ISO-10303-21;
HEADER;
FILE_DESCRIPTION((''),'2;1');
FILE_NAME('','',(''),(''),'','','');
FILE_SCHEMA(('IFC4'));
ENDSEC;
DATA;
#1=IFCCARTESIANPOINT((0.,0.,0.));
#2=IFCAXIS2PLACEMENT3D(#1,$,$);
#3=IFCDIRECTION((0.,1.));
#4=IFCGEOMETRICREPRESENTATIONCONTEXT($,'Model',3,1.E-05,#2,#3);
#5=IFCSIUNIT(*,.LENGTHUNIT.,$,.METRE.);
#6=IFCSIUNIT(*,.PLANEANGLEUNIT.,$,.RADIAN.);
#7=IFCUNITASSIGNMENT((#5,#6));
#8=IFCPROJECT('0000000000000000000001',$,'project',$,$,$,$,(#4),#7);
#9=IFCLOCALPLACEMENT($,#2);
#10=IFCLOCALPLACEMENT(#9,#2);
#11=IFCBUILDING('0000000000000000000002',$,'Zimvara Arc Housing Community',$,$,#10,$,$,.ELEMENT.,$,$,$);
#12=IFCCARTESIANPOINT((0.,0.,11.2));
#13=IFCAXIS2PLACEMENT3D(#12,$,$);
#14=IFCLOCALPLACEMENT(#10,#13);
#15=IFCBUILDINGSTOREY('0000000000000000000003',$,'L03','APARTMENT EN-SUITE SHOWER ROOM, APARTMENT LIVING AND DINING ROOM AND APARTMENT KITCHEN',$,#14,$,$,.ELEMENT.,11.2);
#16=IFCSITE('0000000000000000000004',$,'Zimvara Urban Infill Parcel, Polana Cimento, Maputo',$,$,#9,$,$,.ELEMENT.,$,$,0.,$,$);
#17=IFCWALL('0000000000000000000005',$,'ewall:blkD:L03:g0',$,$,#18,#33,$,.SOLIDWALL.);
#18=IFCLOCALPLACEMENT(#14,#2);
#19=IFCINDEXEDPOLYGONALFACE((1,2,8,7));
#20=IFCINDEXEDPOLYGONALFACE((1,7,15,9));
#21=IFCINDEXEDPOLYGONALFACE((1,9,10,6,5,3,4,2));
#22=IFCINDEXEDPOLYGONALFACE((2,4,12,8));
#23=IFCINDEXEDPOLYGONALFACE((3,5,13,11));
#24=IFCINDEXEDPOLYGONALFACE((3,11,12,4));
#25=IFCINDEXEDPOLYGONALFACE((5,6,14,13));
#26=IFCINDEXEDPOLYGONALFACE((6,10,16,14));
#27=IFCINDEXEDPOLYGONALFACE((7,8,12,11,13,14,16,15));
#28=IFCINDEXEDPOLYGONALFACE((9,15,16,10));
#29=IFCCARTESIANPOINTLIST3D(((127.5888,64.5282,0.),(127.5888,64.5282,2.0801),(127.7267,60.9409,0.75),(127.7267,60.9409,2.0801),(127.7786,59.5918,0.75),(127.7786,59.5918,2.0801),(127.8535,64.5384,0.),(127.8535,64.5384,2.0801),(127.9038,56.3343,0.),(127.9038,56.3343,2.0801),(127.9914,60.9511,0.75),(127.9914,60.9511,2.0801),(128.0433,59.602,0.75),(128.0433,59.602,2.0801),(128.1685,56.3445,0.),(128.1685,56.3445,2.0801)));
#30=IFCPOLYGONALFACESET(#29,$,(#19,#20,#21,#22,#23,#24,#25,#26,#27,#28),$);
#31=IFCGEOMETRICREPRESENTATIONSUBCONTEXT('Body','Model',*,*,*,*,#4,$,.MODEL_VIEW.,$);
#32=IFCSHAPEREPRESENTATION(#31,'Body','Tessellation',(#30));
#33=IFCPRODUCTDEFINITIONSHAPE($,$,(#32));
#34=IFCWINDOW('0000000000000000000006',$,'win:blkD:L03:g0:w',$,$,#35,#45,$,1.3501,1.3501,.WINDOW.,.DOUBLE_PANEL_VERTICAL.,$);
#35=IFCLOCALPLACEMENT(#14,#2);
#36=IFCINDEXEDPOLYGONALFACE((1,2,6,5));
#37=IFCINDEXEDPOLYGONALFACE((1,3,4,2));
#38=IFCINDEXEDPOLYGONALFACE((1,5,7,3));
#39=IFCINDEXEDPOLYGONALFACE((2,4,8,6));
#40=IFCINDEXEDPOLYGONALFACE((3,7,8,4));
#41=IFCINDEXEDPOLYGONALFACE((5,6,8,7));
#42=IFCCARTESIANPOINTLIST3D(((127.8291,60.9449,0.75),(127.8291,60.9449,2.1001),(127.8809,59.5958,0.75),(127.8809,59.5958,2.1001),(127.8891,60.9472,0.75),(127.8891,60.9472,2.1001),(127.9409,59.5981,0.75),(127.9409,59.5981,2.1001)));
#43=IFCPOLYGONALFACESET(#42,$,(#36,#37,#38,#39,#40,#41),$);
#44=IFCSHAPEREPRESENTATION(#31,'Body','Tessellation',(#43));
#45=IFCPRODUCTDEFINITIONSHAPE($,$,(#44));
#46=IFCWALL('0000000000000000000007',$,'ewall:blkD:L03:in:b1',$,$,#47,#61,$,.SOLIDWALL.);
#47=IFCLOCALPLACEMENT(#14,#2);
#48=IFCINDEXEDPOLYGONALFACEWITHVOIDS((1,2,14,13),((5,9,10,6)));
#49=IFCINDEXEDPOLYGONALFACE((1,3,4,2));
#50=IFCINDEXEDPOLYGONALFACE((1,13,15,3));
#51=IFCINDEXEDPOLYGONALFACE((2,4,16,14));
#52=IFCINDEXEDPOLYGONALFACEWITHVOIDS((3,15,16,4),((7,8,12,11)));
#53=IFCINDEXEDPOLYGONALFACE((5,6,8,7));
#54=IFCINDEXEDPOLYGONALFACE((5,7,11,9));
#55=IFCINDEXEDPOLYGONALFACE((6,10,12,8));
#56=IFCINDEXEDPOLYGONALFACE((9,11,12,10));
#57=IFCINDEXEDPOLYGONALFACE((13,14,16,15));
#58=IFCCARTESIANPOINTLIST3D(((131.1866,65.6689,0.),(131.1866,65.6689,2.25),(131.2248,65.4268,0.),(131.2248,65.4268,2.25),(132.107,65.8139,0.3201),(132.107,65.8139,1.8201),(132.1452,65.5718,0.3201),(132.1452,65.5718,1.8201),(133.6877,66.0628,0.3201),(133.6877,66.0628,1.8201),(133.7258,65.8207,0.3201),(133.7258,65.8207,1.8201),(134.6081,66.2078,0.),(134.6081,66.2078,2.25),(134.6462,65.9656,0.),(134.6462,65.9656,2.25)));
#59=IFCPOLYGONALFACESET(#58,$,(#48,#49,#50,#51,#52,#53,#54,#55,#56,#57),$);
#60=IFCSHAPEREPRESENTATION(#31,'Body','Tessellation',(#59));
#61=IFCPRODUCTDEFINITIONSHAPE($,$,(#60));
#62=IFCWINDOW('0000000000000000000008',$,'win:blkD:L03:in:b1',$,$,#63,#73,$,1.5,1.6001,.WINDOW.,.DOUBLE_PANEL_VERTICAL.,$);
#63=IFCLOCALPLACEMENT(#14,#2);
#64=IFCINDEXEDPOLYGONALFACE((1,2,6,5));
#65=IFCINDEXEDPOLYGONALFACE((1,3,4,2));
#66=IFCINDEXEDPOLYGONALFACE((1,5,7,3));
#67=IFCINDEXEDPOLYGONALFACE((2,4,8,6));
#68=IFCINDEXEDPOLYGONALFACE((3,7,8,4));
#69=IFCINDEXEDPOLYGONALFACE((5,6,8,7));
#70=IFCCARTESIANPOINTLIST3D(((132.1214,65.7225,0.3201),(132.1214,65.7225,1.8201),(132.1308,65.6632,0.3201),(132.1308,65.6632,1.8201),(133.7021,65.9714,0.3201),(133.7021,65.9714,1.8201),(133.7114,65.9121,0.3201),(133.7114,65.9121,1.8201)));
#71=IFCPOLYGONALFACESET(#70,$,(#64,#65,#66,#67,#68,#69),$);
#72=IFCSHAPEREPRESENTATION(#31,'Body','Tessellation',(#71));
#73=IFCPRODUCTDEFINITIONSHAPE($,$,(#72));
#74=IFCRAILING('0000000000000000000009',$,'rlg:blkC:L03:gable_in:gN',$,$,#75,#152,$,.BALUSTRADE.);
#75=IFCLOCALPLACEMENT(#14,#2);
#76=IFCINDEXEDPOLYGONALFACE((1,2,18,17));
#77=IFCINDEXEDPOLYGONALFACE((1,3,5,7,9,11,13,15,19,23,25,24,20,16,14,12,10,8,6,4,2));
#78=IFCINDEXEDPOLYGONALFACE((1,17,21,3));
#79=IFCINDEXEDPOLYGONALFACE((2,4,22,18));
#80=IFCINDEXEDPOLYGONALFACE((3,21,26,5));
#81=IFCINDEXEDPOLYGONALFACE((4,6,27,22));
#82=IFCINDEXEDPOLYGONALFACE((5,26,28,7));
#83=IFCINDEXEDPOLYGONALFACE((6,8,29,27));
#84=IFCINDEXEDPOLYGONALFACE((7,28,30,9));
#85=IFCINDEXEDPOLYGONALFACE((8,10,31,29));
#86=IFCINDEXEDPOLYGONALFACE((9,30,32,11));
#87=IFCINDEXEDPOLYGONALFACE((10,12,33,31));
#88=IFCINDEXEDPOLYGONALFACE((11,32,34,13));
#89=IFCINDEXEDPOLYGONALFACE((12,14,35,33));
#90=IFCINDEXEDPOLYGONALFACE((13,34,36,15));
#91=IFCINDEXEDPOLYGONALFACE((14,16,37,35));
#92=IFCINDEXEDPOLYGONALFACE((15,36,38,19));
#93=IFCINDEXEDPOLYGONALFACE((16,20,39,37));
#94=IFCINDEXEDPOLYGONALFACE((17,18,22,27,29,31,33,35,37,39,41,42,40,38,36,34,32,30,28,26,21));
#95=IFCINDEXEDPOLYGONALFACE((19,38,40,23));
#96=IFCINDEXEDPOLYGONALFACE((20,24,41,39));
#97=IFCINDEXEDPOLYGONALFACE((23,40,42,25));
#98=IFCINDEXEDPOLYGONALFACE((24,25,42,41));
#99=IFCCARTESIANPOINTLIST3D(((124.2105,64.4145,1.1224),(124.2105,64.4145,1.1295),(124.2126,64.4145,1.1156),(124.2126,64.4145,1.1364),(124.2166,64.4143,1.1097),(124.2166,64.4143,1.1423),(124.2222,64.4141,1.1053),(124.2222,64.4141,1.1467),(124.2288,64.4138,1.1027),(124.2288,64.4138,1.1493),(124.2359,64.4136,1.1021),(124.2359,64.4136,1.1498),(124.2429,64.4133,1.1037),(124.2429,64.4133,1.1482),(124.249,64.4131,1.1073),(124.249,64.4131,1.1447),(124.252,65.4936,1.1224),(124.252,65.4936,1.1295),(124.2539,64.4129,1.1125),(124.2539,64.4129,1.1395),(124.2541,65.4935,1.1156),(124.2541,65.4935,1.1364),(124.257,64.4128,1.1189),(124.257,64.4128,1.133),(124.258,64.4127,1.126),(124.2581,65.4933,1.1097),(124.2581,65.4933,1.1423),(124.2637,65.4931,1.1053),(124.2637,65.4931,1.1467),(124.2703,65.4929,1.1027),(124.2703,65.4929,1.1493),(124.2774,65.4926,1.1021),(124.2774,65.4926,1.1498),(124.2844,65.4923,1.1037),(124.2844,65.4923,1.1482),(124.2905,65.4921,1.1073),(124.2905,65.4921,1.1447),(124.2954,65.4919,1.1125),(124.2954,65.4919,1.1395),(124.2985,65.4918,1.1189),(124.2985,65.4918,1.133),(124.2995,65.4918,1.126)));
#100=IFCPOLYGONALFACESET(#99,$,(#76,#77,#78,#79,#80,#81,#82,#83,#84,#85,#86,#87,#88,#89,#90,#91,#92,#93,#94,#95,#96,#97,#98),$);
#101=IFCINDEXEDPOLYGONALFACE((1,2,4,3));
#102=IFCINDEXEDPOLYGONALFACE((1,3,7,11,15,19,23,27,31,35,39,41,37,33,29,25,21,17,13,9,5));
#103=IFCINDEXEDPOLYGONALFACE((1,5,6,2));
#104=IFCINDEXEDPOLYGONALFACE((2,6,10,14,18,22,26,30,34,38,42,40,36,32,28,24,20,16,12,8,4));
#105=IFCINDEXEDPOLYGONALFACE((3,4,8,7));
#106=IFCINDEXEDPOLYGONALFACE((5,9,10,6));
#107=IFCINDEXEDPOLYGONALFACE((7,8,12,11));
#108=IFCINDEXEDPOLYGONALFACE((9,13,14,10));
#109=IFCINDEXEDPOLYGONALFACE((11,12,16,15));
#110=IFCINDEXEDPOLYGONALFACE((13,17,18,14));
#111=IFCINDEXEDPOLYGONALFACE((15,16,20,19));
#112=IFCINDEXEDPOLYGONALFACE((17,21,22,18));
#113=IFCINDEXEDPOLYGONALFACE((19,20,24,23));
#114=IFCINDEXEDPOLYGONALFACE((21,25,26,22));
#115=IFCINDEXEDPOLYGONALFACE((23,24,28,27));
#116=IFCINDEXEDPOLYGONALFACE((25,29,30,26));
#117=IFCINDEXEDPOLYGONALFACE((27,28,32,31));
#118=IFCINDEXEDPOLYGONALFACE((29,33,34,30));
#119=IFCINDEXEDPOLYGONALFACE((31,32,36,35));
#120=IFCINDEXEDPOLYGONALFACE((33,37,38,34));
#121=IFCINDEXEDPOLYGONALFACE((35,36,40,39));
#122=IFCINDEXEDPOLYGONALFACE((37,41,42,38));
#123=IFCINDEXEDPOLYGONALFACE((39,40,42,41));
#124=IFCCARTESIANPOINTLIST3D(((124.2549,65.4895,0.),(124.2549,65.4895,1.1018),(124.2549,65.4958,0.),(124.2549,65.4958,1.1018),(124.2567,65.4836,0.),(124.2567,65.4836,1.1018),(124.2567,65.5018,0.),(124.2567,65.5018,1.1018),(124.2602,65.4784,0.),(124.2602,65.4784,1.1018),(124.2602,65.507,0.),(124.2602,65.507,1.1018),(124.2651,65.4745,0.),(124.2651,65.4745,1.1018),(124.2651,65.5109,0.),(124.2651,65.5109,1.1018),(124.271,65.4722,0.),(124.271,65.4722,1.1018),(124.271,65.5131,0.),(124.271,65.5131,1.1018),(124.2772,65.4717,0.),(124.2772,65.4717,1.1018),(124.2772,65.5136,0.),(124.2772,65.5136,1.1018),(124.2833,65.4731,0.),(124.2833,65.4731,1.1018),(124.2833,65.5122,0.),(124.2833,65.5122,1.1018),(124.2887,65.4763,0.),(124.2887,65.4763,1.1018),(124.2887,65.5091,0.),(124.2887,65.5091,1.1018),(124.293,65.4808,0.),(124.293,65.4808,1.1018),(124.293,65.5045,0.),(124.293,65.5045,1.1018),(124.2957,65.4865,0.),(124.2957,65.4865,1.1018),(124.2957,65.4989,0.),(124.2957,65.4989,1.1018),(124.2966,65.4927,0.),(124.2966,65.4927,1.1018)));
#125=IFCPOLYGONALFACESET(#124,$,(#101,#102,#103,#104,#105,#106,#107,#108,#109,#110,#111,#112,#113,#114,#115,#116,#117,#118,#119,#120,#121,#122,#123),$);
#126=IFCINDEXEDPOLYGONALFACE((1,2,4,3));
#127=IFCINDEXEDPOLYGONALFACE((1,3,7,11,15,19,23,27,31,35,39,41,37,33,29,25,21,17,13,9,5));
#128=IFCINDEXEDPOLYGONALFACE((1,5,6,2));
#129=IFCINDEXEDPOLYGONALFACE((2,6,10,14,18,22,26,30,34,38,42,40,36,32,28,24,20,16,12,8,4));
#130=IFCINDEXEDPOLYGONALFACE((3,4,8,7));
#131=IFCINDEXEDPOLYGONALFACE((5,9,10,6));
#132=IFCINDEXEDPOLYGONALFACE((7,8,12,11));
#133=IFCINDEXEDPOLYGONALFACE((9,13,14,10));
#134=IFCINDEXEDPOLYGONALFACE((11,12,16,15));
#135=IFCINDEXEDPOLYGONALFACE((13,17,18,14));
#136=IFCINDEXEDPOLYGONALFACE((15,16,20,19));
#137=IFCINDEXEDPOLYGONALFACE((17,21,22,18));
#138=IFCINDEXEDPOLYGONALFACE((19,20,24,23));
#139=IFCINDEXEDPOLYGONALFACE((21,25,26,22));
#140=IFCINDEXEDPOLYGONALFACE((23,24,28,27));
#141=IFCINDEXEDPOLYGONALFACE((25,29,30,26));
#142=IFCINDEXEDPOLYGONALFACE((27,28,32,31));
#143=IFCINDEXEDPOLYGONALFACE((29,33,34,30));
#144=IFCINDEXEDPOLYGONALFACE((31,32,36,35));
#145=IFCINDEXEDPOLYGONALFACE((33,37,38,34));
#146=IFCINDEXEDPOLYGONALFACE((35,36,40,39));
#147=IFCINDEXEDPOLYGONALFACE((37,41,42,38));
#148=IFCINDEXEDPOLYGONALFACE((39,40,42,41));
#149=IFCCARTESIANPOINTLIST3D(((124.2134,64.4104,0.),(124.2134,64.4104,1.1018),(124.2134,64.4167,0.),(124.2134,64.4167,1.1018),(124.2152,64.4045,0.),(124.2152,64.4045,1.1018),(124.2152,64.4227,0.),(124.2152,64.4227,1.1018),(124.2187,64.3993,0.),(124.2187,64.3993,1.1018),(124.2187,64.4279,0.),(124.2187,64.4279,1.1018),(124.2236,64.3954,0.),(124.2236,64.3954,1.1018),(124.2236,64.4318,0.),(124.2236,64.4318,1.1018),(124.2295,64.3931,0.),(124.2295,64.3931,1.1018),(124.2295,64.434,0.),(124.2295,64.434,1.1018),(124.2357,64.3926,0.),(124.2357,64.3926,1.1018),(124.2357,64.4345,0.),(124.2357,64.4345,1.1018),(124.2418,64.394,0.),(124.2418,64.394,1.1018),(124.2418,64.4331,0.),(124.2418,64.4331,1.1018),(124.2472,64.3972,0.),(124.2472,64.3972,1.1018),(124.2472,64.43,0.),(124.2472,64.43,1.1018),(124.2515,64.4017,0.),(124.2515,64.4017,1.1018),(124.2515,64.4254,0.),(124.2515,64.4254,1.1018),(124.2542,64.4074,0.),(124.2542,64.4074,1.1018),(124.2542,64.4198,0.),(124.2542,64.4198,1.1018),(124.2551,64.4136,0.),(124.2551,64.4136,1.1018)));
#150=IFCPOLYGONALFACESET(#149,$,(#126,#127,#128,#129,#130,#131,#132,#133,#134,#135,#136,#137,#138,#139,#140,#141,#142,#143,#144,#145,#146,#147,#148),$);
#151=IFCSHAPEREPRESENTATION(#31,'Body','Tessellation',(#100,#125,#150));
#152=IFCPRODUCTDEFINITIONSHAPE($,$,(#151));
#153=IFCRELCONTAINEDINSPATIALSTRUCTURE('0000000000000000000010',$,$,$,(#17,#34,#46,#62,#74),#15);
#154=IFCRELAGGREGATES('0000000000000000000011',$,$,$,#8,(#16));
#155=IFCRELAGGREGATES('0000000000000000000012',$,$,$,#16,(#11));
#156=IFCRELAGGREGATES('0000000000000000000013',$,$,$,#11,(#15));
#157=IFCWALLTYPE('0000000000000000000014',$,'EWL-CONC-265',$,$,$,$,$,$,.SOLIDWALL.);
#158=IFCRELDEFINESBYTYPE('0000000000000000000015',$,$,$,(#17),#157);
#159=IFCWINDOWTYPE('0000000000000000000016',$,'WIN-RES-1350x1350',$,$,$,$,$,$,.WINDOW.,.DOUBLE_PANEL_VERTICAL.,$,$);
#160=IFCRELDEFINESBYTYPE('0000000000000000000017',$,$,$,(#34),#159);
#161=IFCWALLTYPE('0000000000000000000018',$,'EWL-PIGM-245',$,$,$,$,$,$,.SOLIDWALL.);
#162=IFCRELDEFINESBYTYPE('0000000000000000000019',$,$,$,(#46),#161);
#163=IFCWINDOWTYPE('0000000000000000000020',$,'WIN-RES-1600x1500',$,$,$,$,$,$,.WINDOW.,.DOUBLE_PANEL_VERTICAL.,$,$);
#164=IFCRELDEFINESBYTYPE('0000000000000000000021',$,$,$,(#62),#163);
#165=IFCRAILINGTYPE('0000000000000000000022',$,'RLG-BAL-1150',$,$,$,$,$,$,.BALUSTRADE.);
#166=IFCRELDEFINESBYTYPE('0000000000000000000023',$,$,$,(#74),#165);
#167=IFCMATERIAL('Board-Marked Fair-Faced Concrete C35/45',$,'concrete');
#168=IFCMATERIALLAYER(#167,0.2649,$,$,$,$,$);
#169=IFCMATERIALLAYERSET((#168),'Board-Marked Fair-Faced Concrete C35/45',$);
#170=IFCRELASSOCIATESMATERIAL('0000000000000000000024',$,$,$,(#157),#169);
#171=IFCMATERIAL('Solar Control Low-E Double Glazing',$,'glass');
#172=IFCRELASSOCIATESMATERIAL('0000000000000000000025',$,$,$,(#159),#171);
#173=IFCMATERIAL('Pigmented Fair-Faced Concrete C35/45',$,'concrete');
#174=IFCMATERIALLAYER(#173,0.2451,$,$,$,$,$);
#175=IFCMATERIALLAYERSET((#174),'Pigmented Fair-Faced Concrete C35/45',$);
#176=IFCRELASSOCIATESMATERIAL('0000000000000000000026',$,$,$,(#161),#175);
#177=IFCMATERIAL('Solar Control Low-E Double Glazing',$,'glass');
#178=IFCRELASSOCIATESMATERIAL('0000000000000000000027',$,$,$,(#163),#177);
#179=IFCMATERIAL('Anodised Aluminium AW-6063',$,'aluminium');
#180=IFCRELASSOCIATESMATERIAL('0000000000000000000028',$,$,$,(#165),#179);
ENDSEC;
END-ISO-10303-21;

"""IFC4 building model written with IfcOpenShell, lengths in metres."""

from ifc_helpers import new_model, si_unit, direction, frame, frame_2d, origin, origin_2d, place, context, subcontext, project, spatial, rectangle, circle, extrude, material, layer, layer_set, type_object, element, fill, save


model = new_model("IFC4")

# Units and contexts
model_context = context("Model", 3, precision=1e-05, world=origin(), true_north=direction((0.0, 1.0)))
body_context = subcontext(model_context, "Body", "Model", "MODEL_VIEW")
ifc_project = project(units=[si_unit("LENGTHUNIT", "METRE"), si_unit("PLANEANGLEUNIT", "RADIAN")], contexts=[model_context])

# Site, building, storey
site_placement = place(None, origin())
site = spatial("IfcSite", under=ifc_project, at=site_placement, Name="Zimvara Urban Infill Parcel, Polana Cimento, Maputo", CompositionType="ELEMENT", RefElevation=0.0)
building_placement = place(site_placement, origin())
building = spatial("IfcBuilding", under=site, at=building_placement, Name="Zimvara Arc Housing Community", CompositionType="ELEMENT")
storey_placement = place(building_placement, frame((0.0, 0.0, 11.2)))
storey = spatial("IfcBuildingStorey", under=building, at=storey_placement, Name="L03", Description="APARTMENT EN-SUITE SHOWER ROOM, APARTMENT LIVING AND DINING ROOM AND APARTMENT KITCHEN", CompositionType="ELEMENT", Elevation=11.2)

# Walls, openings, windows
ifc_material_1 = material(Name="Board-Marked Fair-Faced Concrete C35/45", Category="concrete")
ifc_layer_1 = layer(ifc_material_1, 0.2649)
ifc_layer_set_1 = layer_set([ifc_layer_1], Name="Board-Marked Fair-Faced Concrete C35/45")
wall_type_1 = type_object("IfcWallType", Name="EWL-CONC-265", PredefinedType="SOLIDWALL", material=ifc_layer_set_1)
ifc_material_2 = material(Name="Solar Control Low-E Double Glazing", Category="glass")
window_type_1 = type_object("IfcWindowType", Name="WIN-RES-1350x1350", PartitioningType="DOUBLE_PANEL_VERTICAL", PredefinedType="WINDOW", material=ifc_material_2)
wall_1_placement = place(storey_placement, frame((127.7212, 64.5334, 0.0), z_axis=(0.0, 0.0, 1.0), x_axis=(0.038408, -0.999262, 0.0)))
wall_1 = element("IfcWall", 1, at=wall_1_placement, inside=storey, type_object=wall_type_1, Name="ewall:blkD:L03:g0", PredefinedType="SOLIDWALL", context=body_context, shape_type="SweptSolid", body=[
    extrude(rectangle(XDim=8.2, YDim=0.2649, at=frame_2d((4.1001, 0.0))), origin(), (0.0, 0.0, 1.0), 2.0801),
])
opening_1_placement = place(wall_1_placement, frame((3.5901, 0.0, 0.75)))
opening_1 = element("IfcOpeningElement", 2, at=opening_1_placement, cuts=wall_1, PredefinedType="OPENING", context=body_context, shape_type="SweptSolid", body=[
    extrude(rectangle(XDim=1.3501, YDim=1.3501, at=frame_2d((0.675, 0.675))), frame((0.0, 0.1423, 0.0), z_axis=(0.0, -1.0, 0.0), x_axis=(1.0, 0.0, 0.0)), (0.0, 0.0, 1.0), 0.2849),
])
window_1_placement = place(opening_1_placement, origin())
window_1 = element("IfcWindow", 3, at=window_1_placement, inside=storey, type_object=window_type_1, Name="win:blkD:L03:g0:w", OverallHeight=1.3501, OverallWidth=1.3501, PartitioningType="DOUBLE_PANEL_VERTICAL", PredefinedType="WINDOW", context=body_context, shape_type="SweptSolid", body=[
    extrude(rectangle(XDim=1.3501, YDim=1.3501, at=frame_2d((0.675, 0.675))), frame((0.0, 0.03, 0.0), z_axis=(0.0, -1.0, 0.0), x_axis=(1.0, 0.0, 0.0)), (0.0, 0.0, 1.0), 0.0601),
])
fill(opening_1, window_1)
ifc_material_3 = material(Name="Pigmented Fair-Faced Concrete C35/45", Category="concrete")
ifc_layer_2 = layer(ifc_material_3, 0.2451)
ifc_layer_set_2 = layer_set([ifc_layer_2], Name="Pigmented Fair-Faced Concrete C35/45")
wall_type_2 = type_object("IfcWallType", Name="EWL-PIGM-245", PredefinedType="SOLIDWALL", material=ifc_layer_set_2)
wall_2_placement = place(storey_placement, frame((131.2056, 65.5479, 0.0), z_axis=(0.0, 0.0, 1.0), x_axis=(0.987825, 0.155568, 0.0)))
wall_2 = element("IfcWall", 4, at=wall_2_placement, inside=storey, type_object=wall_type_2, Name="ewall:blkD:L03:in:b1", PredefinedType="SOLIDWALL", context=body_context, shape_type="SweptSolid", body=[
    extrude(rectangle(XDim=3.4636, YDim=0.2451, at=frame_2d((1.7319, 0.0))), origin(), (0.0, 0.0, 1.0), 2.25),
])
opening_2_placement = place(wall_2_placement, frame((0.9319, 0.0, 0.3201)))
opening_2 = element("IfcOpeningElement", 5, at=opening_2_placement, cuts=wall_2, PredefinedType="OPENING", context=body_context, shape_type="SweptSolid", body=[
    extrude(rectangle(XDim=1.6001, YDim=1.5, at=frame_2d((0.8, 0.75))), frame((0.0, 0.1326, 0.0), z_axis=(0.0, -1.0, 0.0), x_axis=(1.0, 0.0, 0.0)), (0.0, 0.0, 1.0), 0.2651),
])
ifc_material_4 = material(Name="Solar Control Low-E Double Glazing", Category="glass")
window_type_2 = type_object("IfcWindowType", Name="WIN-RES-1600x1500", PartitioningType="DOUBLE_PANEL_VERTICAL", PredefinedType="WINDOW", material=ifc_material_4)
window_2_placement = place(opening_2_placement, origin())
window_2 = element("IfcWindow", 6, at=window_2_placement, inside=storey, type_object=window_type_2, Name="win:blkD:L03:in:b1", OverallHeight=1.5, OverallWidth=1.6001, PartitioningType="DOUBLE_PANEL_VERTICAL", PredefinedType="WINDOW", context=body_context, shape_type="SweptSolid", body=[
    extrude(rectangle(XDim=1.6001, YDim=1.5, at=frame_2d((0.8, 0.75))), frame((0.0, 0.03, 0.0), z_axis=(0.0, -1.0, 0.0), x_axis=(1.0, 0.0, 0.0)), (0.0, 0.0, 1.0), 0.0601),
])
fill(opening_2, window_2)

# Railing
ifc_material_5 = material(Name="Anodised Aluminium AW-6063", Category="aluminium")
railing_type = type_object("IfcRailingType", Name="RLG-BAL-1150", PredefinedType="BALUSTRADE", material=ifc_material_5)
railing_1_placement = place(storey_placement, frame((124.2756, 65.4927, 0.0)))
element("IfcRailing", 7, at=railing_1_placement, inside=storey, type_object=railing_type, Name="rlg:blkC:L03:gable_in:gN", PredefinedType="BALUSTRADE", context=body_context, shape_type="SweptSolid", body=[
    extrude(circle(Radius=0.0239, at=origin_2d()), frame((0.0, 0.0, 1.126), z_axis=(-0.038433, -0.999261, 0.0), x_axis=(0.999261, -0.038433, 0.0)), (0.0, 0.0, 1.0), 1.0798),
    extrude(circle(Radius=0.021, at=origin_2d()), origin(), (0.0, 0.0, 1.0), 1.1018),
    extrude(circle(Radius=0.021, at=origin_2d()), frame((-0.0415, -1.0791, 0.0)), (0.0, 0.0, 1.0), 1.1018),
])

save(model, "model.ifc")
